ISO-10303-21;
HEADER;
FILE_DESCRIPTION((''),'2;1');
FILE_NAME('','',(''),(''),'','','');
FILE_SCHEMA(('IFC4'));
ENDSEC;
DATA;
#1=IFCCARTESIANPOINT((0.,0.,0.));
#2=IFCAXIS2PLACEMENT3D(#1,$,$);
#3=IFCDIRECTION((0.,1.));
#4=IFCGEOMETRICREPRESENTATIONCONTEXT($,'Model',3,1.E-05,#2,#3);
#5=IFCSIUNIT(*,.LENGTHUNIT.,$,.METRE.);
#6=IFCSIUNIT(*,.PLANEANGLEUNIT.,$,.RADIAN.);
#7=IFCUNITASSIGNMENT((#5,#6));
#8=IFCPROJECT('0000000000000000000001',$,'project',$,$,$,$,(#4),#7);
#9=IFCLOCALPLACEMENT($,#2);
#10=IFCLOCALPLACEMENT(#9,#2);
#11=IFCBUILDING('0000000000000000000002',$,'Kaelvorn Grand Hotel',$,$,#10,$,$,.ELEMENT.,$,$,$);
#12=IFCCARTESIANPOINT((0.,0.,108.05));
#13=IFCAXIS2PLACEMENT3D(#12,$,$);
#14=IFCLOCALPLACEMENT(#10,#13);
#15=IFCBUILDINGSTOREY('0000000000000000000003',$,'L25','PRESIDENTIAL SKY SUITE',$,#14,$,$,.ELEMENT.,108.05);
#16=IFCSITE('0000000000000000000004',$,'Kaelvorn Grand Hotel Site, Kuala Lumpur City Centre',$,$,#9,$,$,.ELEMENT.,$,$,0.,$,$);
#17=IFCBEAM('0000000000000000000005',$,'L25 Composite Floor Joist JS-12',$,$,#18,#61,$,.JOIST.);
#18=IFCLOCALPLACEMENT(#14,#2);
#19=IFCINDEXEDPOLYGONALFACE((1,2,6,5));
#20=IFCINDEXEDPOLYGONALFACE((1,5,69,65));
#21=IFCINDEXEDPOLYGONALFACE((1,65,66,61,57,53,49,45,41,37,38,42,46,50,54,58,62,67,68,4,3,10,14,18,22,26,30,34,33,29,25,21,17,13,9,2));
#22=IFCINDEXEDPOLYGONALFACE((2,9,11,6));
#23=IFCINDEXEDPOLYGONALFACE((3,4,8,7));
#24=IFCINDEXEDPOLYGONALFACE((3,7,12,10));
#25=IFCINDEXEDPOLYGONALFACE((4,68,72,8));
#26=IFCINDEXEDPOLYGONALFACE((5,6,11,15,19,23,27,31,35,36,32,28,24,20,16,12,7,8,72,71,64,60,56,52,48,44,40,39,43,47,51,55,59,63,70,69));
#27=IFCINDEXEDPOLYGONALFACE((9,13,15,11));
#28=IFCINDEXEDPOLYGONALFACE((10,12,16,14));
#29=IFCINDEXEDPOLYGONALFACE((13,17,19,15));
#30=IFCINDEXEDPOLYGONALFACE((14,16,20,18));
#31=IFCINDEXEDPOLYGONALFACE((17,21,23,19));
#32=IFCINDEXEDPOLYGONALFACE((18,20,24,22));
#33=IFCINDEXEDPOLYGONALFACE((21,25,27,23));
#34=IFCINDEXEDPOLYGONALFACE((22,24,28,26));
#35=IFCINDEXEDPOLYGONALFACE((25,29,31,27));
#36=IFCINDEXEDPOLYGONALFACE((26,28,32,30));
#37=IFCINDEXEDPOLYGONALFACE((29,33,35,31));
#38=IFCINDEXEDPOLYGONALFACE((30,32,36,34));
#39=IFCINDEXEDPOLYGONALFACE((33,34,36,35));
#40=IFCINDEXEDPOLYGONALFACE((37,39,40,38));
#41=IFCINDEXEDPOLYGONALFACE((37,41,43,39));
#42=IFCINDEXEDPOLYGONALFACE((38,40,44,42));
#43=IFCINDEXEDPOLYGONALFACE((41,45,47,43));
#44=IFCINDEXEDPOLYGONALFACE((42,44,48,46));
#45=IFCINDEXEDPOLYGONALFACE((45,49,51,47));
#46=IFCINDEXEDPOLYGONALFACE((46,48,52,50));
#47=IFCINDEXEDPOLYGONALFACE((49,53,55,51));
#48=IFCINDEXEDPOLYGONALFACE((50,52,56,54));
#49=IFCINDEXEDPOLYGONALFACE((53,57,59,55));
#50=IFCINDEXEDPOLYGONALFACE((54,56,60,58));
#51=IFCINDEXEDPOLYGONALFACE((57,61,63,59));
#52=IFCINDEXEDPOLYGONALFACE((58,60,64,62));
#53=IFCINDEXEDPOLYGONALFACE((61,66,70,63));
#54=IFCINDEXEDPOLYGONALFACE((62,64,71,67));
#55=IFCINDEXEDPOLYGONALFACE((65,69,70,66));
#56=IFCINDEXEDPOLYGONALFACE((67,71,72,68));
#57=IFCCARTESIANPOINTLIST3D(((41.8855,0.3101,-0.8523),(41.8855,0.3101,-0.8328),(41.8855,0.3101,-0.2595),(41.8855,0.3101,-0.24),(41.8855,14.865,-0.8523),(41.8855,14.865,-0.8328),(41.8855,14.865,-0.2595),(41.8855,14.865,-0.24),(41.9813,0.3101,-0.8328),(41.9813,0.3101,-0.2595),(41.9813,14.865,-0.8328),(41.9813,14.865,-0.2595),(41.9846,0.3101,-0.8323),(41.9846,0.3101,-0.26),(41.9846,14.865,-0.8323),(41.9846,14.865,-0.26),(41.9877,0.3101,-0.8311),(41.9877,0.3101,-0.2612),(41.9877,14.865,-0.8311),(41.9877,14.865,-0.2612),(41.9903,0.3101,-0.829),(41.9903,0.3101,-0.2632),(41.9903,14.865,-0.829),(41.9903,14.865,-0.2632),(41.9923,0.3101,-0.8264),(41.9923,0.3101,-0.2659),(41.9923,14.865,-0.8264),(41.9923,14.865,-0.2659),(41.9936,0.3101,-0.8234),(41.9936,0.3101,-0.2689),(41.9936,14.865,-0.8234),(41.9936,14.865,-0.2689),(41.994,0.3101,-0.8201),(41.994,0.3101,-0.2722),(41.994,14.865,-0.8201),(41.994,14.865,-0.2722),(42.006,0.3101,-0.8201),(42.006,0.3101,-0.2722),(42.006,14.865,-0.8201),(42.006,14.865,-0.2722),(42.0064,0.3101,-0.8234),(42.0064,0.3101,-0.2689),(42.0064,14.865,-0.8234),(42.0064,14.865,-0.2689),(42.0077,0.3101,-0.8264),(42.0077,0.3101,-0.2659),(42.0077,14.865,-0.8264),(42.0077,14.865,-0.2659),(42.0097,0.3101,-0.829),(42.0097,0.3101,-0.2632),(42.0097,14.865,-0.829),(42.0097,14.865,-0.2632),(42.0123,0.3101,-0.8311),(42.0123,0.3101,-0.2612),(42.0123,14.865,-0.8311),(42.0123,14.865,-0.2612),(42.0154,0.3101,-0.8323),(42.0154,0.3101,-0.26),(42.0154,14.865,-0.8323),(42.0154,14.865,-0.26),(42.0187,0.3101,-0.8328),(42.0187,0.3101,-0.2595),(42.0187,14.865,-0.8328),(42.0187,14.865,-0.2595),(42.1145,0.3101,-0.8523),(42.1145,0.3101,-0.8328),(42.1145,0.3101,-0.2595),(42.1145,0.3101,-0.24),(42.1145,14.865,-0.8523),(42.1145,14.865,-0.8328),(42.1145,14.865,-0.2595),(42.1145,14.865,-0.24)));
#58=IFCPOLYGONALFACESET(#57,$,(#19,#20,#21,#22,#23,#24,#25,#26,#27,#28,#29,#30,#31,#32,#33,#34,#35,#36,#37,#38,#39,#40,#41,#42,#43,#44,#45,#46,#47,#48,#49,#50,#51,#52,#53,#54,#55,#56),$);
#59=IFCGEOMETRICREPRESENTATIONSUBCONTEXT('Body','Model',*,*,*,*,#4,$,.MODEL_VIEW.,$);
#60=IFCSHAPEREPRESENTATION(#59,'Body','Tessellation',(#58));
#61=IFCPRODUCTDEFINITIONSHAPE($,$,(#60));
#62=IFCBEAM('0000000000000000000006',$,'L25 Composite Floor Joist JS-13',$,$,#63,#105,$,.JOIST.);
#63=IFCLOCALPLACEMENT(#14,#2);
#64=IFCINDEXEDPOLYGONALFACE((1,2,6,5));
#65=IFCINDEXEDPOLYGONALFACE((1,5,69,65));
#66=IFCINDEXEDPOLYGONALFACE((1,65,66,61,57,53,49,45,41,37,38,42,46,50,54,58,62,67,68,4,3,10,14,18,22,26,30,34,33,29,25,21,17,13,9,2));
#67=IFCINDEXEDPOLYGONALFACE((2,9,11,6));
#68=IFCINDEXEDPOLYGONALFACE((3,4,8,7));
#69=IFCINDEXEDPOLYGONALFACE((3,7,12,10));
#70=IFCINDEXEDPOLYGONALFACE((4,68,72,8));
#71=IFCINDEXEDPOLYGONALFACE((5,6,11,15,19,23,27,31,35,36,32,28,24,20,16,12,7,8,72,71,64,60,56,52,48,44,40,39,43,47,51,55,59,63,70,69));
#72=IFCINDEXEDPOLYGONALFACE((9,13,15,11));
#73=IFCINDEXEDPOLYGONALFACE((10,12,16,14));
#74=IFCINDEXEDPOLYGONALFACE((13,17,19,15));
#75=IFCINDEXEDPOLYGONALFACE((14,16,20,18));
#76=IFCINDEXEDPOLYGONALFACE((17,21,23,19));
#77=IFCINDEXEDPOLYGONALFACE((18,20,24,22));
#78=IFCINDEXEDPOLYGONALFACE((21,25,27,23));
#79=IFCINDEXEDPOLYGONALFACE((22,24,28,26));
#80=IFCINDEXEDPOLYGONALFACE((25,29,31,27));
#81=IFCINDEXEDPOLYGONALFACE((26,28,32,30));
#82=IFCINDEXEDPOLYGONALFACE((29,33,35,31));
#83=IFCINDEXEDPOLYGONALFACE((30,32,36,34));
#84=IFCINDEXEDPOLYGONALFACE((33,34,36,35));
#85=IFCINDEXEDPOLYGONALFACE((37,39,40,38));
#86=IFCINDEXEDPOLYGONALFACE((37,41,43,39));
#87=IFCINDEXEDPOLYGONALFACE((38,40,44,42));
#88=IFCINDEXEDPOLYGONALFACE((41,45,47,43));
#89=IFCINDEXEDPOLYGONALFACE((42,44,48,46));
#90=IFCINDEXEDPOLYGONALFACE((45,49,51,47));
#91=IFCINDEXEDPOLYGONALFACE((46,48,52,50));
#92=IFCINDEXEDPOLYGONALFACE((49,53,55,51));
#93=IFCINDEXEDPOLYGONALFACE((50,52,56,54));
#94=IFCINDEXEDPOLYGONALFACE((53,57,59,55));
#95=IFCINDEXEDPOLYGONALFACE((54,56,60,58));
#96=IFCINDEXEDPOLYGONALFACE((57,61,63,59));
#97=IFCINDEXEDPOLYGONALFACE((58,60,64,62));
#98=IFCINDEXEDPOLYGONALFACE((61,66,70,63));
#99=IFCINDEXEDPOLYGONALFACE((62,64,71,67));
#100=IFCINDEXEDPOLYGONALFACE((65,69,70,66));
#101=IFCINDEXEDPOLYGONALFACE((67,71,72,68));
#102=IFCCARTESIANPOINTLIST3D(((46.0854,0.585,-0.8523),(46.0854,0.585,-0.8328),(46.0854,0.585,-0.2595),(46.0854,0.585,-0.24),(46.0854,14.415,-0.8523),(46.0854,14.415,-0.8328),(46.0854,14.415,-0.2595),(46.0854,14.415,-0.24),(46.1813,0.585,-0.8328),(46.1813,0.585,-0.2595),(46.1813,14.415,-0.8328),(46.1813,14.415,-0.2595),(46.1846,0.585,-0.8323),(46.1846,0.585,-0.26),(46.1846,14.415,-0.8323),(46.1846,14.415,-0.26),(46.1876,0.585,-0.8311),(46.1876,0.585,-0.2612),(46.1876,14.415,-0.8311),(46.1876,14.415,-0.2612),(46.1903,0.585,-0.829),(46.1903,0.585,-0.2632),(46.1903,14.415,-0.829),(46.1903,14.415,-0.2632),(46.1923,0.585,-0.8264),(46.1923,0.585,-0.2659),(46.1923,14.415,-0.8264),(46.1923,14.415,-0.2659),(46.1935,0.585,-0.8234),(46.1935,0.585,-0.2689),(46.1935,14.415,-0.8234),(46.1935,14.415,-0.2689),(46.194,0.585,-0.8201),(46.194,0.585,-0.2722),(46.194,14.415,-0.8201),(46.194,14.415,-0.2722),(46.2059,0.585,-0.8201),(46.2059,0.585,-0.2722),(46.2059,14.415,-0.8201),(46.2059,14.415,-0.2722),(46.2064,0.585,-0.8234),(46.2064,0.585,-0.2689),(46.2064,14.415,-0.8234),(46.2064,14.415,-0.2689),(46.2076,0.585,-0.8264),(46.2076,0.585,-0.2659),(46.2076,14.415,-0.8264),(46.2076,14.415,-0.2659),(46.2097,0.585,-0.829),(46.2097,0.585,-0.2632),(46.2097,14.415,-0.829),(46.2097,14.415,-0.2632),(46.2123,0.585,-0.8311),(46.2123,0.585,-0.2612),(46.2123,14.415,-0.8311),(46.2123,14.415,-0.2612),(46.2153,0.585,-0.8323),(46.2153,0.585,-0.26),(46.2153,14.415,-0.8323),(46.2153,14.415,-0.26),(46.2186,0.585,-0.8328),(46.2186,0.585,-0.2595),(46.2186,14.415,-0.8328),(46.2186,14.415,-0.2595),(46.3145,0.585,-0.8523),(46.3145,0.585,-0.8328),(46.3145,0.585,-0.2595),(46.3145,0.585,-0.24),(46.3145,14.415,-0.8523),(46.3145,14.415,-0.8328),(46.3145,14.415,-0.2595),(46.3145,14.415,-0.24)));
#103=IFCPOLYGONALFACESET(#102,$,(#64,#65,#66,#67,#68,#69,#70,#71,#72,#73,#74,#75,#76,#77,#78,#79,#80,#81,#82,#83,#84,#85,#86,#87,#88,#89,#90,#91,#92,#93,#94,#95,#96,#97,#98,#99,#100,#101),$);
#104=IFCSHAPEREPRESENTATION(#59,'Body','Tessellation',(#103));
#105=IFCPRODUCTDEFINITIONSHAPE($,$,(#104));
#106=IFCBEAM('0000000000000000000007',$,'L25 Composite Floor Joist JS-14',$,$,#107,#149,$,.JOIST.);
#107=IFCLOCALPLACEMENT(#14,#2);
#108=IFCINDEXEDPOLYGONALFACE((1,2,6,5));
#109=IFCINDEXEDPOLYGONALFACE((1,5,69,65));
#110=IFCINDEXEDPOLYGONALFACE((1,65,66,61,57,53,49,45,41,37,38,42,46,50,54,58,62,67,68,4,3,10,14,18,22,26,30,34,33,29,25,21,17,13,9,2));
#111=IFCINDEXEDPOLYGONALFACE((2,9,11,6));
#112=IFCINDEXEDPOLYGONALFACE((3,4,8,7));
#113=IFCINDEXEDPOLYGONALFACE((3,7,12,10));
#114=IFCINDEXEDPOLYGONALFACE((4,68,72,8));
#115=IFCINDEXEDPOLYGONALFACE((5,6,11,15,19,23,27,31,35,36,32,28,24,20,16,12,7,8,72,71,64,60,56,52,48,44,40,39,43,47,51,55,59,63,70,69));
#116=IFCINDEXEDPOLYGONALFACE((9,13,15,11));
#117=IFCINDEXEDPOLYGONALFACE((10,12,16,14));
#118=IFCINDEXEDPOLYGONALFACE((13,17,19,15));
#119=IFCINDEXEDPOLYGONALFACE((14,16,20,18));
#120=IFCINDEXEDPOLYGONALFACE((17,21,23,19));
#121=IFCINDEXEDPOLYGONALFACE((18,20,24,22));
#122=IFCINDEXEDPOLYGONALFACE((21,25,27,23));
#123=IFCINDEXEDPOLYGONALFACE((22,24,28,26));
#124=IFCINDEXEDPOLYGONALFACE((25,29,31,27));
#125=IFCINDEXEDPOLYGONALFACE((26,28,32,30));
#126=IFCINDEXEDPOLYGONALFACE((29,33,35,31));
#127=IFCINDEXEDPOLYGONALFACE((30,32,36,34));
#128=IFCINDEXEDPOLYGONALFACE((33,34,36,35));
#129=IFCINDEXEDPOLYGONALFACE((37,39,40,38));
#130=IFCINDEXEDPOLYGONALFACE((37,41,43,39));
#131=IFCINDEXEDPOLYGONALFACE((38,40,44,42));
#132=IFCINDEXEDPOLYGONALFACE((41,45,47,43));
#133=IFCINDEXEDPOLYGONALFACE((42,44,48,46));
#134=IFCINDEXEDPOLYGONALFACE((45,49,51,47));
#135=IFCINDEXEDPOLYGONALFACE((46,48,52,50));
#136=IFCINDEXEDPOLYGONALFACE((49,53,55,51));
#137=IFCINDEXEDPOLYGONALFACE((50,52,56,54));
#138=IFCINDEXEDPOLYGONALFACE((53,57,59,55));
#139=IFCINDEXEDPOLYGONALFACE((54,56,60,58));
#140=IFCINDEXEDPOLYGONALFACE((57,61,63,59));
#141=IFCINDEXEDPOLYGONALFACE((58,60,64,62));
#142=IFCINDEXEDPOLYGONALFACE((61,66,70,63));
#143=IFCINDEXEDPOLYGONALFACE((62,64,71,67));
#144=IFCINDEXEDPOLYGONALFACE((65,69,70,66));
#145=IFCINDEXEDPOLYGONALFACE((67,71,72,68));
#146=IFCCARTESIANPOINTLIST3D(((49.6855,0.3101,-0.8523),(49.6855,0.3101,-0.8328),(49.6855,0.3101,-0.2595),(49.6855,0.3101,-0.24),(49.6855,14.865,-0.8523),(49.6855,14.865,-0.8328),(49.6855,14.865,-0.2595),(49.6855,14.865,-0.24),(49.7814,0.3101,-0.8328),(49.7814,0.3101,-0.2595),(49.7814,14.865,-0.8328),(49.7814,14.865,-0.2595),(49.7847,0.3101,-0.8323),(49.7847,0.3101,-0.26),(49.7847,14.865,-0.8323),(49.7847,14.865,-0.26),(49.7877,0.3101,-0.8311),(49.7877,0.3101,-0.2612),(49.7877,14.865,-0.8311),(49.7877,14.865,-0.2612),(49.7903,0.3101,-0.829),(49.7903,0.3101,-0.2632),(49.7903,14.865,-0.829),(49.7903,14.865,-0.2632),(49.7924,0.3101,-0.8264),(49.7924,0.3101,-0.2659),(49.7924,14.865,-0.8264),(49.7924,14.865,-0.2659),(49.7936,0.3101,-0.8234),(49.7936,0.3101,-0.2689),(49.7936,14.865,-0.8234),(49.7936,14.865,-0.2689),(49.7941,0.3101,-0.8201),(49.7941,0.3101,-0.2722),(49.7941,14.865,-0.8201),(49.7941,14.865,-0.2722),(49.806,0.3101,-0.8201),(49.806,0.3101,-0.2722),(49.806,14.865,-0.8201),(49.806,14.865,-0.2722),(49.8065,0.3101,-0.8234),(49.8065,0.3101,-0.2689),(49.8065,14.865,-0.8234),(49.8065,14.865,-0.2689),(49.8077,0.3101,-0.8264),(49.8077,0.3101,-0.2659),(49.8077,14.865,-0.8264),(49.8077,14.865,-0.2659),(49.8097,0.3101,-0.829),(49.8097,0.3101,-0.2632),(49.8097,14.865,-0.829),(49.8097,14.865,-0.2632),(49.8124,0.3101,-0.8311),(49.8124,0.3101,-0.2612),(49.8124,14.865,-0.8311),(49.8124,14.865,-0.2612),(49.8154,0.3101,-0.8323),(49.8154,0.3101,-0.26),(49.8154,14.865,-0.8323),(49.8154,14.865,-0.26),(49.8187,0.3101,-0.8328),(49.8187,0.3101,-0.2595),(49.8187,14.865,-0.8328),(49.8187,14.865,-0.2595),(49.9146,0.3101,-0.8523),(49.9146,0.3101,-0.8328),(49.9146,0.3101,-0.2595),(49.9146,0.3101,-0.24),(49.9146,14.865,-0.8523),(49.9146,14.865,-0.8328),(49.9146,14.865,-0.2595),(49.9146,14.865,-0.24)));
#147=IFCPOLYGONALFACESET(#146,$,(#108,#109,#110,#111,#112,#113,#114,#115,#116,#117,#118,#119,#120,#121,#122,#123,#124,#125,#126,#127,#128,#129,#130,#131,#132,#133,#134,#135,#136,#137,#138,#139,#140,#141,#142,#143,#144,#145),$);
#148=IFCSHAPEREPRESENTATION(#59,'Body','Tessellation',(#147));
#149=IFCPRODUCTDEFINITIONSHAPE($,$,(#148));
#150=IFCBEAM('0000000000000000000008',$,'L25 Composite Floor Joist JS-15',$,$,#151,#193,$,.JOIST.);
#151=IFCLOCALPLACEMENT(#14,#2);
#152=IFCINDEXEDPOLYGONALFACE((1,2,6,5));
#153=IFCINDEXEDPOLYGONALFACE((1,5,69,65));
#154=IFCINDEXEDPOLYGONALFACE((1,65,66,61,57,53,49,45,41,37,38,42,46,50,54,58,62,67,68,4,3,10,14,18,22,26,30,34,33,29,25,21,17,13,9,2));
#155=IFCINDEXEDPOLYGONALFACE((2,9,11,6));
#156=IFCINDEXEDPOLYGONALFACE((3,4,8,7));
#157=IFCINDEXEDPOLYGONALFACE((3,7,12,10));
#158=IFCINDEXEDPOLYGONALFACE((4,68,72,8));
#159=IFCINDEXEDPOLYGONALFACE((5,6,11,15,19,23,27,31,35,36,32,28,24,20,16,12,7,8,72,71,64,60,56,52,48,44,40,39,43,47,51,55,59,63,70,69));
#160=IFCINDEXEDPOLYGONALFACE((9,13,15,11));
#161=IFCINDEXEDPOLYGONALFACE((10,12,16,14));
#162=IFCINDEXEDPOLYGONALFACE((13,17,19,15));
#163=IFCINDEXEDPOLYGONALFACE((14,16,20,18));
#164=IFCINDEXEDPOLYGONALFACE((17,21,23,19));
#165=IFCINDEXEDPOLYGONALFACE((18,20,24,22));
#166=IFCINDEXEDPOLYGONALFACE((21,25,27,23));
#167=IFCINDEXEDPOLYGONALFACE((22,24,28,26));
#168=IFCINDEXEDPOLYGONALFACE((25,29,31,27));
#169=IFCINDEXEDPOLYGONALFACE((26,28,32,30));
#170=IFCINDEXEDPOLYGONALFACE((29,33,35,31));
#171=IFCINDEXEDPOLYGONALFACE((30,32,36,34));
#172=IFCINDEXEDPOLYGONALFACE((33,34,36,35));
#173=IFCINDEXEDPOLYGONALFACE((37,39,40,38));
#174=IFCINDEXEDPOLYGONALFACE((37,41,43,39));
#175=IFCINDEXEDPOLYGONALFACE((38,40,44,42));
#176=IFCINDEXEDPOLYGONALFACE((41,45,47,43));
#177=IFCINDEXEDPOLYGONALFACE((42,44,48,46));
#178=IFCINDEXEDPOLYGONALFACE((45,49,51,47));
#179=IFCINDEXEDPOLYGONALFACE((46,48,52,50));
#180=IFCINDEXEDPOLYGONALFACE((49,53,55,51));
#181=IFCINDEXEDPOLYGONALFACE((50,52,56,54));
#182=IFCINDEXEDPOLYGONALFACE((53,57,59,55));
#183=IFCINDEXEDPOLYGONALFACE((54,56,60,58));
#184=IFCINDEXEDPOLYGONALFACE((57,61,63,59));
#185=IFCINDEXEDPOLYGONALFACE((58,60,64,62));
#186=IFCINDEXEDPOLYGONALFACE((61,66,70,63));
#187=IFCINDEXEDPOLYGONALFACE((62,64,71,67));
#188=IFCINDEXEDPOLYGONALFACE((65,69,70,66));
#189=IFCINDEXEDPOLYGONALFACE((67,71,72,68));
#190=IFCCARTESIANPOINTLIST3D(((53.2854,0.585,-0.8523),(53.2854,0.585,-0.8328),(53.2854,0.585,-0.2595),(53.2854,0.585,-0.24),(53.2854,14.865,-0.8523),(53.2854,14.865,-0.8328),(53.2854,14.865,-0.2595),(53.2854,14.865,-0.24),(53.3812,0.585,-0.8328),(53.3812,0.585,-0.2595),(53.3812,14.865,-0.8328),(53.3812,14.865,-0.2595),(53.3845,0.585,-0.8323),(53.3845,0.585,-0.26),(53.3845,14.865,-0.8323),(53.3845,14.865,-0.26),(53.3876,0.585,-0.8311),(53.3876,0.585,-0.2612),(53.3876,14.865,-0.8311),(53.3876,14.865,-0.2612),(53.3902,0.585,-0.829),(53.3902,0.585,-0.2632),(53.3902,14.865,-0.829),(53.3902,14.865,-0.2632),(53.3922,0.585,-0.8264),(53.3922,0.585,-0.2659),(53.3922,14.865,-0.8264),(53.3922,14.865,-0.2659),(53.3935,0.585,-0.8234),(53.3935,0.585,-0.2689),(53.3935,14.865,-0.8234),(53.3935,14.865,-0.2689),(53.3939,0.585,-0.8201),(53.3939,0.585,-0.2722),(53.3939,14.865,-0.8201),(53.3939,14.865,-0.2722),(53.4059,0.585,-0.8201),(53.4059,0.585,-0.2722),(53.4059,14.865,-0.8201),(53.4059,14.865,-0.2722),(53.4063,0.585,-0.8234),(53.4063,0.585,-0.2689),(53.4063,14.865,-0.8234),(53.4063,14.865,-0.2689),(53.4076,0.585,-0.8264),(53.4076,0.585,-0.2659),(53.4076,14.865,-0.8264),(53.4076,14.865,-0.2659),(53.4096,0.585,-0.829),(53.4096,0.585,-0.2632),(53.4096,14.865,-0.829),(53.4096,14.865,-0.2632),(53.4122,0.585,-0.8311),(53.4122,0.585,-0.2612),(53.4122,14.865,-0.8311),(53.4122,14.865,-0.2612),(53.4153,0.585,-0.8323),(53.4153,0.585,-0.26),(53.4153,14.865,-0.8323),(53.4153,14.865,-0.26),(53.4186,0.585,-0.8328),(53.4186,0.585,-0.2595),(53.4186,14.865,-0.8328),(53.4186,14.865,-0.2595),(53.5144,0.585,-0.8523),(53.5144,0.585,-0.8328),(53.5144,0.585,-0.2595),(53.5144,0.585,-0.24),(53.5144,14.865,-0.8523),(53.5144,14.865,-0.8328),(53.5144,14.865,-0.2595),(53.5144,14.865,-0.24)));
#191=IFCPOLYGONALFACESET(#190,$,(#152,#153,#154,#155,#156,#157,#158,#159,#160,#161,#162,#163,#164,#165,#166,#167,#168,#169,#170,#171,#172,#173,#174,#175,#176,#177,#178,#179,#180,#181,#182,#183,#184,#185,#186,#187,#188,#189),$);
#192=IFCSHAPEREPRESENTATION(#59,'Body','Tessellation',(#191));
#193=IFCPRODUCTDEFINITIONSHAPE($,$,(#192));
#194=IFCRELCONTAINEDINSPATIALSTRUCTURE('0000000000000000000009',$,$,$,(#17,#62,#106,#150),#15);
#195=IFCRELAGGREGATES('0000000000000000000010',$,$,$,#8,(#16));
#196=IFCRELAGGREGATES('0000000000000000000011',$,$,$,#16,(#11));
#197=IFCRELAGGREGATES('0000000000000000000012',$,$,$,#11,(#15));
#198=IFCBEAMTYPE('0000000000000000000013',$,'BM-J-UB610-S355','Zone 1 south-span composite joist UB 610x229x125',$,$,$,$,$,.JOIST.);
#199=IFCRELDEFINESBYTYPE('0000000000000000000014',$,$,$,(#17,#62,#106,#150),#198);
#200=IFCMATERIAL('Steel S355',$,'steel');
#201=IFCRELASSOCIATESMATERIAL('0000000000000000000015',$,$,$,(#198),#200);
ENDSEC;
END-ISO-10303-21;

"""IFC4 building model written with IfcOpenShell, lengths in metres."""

from ifc_helpers import new_model, si_unit, direction, frame, origin, origin_2d, place, context, subcontext, project, spatial, i_section, extrude, material, material_profile, profile_set, type_object, element, save


model = new_model("IFC4")

# Units and contexts
model_context = context("Model", 3, precision=1e-05, world=origin(), true_north=direction((0.0, 1.0)))
body_context = subcontext(model_context, "Body", "Model", "MODEL_VIEW")
ifc_project = project(units=[si_unit("LENGTHUNIT", "METRE"), si_unit("PLANEANGLEUNIT", "RADIAN")], contexts=[model_context])

# Site, building, storey
site_placement = place(None, origin())
site = spatial("IfcSite", under=ifc_project, at=site_placement, Name="Kaelvorn Grand Hotel Site, Kuala Lumpur City Centre", CompositionType="ELEMENT", RefElevation=0.0)
building_placement = place(site_placement, origin())
building = spatial("IfcBuilding", under=site, at=building_placement, Name="Kaelvorn Grand Hotel", CompositionType="ELEMENT")
storey_placement = place(building_placement, frame((0.0, 0.0, 108.05)))
storey = spatial("IfcBuildingStorey", under=building, at=storey_placement, Name="L25", Description="PRESIDENTIAL SKY SUITE", CompositionType="ELEMENT", Elevation=108.05)

# Beams
ifc_material_1 = material(Name="Steel S355", Category="steel")
ifc_material_profile_1 = material_profile(ifc_material_1, i_section(OverallWidth=0.229, OverallDepth=0.6123, WebThickness=0.012, FlangeThickness=0.0195, FilletRadius=0.0127, at=origin_2d()), Name="UB 610x229x125")
ifc_profile_set_1 = profile_set([ifc_material_profile_1], Name="Steel S355")
beam_type_1 = type_object("IfcBeamType", Name="BM-J-UB610-S355", Description="Zone 1 south-span composite joist UB 610x229x125", PredefinedType="JOIST", material=ifc_profile_set_1)
beam_1_placement = place(storey_placement, frame((42.0, 0.3101, -0.5461), z_axis=(0.0, 1.0, 0.0), x_axis=(-1.0, 0.0, 0.0)))
element("IfcBeam", 1, at=beam_1_placement, inside=storey, type_object=beam_type_1, Name="L25 Composite Floor Joist JS-12", PredefinedType="JOIST", context=body_context, shape_type="SweptSolid", body=[
    extrude(i_section(OverallWidth=0.229, OverallDepth=0.6123, WebThickness=0.012, FlangeThickness=0.0195, FilletRadius=0.0127, at=origin_2d()), origin(), (0.0, 0.0, 1.0), 14.5549),
])
beam_2_placement = place(storey_placement, frame((46.2, 0.585, -0.5461), z_axis=(0.0, 1.0, 0.0), x_axis=(-1.0, 0.0, 0.0)))
element("IfcBeam", 2, at=beam_2_placement, inside=storey, type_object=beam_type_1, Name="L25 Composite Floor Joist JS-13", PredefinedType="JOIST", context=body_context, shape_type="SweptSolid", body=[
    extrude(i_section(OverallWidth=0.229, OverallDepth=0.6123, WebThickness=0.012, FlangeThickness=0.0195, FilletRadius=0.0127, at=origin_2d()), origin(), (0.0, 0.0, 1.0), 13.8301),
])
beam_3_placement = place(storey_placement, frame((49.8, 0.3101, -0.5461), z_axis=(0.0, 1.0, 0.0), x_axis=(-1.0, 0.0, 0.0)))
element("IfcBeam", 3, at=beam_3_placement, inside=storey, type_object=beam_type_1, Name="L25 Composite Floor Joist JS-14", PredefinedType="JOIST", context=body_context, shape_type="SweptSolid", body=[
    extrude(i_section(OverallWidth=0.229, OverallDepth=0.6123, WebThickness=0.012, FlangeThickness=0.0195, FilletRadius=0.0127, at=origin_2d()), origin(), (0.0, 0.0, 1.0), 14.5549),
])
beam_4_placement = place(storey_placement, frame((53.3999, 0.585, -0.5461), z_axis=(0.0, 1.0, 0.0), x_axis=(-1.0, 0.0, 0.0)))
element("IfcBeam", 4, at=beam_4_placement, inside=storey, type_object=beam_type_1, Name="L25 Composite Floor Joist JS-15", PredefinedType="JOIST", context=body_context, shape_type="SweptSolid", body=[
    extrude(i_section(OverallWidth=0.229, OverallDepth=0.6123, WebThickness=0.012, FlangeThickness=0.0195, FilletRadius=0.0127, at=origin_2d()), origin(), (0.0, 0.0, 1.0), 14.28),
])

save(model, "model.ifc")
